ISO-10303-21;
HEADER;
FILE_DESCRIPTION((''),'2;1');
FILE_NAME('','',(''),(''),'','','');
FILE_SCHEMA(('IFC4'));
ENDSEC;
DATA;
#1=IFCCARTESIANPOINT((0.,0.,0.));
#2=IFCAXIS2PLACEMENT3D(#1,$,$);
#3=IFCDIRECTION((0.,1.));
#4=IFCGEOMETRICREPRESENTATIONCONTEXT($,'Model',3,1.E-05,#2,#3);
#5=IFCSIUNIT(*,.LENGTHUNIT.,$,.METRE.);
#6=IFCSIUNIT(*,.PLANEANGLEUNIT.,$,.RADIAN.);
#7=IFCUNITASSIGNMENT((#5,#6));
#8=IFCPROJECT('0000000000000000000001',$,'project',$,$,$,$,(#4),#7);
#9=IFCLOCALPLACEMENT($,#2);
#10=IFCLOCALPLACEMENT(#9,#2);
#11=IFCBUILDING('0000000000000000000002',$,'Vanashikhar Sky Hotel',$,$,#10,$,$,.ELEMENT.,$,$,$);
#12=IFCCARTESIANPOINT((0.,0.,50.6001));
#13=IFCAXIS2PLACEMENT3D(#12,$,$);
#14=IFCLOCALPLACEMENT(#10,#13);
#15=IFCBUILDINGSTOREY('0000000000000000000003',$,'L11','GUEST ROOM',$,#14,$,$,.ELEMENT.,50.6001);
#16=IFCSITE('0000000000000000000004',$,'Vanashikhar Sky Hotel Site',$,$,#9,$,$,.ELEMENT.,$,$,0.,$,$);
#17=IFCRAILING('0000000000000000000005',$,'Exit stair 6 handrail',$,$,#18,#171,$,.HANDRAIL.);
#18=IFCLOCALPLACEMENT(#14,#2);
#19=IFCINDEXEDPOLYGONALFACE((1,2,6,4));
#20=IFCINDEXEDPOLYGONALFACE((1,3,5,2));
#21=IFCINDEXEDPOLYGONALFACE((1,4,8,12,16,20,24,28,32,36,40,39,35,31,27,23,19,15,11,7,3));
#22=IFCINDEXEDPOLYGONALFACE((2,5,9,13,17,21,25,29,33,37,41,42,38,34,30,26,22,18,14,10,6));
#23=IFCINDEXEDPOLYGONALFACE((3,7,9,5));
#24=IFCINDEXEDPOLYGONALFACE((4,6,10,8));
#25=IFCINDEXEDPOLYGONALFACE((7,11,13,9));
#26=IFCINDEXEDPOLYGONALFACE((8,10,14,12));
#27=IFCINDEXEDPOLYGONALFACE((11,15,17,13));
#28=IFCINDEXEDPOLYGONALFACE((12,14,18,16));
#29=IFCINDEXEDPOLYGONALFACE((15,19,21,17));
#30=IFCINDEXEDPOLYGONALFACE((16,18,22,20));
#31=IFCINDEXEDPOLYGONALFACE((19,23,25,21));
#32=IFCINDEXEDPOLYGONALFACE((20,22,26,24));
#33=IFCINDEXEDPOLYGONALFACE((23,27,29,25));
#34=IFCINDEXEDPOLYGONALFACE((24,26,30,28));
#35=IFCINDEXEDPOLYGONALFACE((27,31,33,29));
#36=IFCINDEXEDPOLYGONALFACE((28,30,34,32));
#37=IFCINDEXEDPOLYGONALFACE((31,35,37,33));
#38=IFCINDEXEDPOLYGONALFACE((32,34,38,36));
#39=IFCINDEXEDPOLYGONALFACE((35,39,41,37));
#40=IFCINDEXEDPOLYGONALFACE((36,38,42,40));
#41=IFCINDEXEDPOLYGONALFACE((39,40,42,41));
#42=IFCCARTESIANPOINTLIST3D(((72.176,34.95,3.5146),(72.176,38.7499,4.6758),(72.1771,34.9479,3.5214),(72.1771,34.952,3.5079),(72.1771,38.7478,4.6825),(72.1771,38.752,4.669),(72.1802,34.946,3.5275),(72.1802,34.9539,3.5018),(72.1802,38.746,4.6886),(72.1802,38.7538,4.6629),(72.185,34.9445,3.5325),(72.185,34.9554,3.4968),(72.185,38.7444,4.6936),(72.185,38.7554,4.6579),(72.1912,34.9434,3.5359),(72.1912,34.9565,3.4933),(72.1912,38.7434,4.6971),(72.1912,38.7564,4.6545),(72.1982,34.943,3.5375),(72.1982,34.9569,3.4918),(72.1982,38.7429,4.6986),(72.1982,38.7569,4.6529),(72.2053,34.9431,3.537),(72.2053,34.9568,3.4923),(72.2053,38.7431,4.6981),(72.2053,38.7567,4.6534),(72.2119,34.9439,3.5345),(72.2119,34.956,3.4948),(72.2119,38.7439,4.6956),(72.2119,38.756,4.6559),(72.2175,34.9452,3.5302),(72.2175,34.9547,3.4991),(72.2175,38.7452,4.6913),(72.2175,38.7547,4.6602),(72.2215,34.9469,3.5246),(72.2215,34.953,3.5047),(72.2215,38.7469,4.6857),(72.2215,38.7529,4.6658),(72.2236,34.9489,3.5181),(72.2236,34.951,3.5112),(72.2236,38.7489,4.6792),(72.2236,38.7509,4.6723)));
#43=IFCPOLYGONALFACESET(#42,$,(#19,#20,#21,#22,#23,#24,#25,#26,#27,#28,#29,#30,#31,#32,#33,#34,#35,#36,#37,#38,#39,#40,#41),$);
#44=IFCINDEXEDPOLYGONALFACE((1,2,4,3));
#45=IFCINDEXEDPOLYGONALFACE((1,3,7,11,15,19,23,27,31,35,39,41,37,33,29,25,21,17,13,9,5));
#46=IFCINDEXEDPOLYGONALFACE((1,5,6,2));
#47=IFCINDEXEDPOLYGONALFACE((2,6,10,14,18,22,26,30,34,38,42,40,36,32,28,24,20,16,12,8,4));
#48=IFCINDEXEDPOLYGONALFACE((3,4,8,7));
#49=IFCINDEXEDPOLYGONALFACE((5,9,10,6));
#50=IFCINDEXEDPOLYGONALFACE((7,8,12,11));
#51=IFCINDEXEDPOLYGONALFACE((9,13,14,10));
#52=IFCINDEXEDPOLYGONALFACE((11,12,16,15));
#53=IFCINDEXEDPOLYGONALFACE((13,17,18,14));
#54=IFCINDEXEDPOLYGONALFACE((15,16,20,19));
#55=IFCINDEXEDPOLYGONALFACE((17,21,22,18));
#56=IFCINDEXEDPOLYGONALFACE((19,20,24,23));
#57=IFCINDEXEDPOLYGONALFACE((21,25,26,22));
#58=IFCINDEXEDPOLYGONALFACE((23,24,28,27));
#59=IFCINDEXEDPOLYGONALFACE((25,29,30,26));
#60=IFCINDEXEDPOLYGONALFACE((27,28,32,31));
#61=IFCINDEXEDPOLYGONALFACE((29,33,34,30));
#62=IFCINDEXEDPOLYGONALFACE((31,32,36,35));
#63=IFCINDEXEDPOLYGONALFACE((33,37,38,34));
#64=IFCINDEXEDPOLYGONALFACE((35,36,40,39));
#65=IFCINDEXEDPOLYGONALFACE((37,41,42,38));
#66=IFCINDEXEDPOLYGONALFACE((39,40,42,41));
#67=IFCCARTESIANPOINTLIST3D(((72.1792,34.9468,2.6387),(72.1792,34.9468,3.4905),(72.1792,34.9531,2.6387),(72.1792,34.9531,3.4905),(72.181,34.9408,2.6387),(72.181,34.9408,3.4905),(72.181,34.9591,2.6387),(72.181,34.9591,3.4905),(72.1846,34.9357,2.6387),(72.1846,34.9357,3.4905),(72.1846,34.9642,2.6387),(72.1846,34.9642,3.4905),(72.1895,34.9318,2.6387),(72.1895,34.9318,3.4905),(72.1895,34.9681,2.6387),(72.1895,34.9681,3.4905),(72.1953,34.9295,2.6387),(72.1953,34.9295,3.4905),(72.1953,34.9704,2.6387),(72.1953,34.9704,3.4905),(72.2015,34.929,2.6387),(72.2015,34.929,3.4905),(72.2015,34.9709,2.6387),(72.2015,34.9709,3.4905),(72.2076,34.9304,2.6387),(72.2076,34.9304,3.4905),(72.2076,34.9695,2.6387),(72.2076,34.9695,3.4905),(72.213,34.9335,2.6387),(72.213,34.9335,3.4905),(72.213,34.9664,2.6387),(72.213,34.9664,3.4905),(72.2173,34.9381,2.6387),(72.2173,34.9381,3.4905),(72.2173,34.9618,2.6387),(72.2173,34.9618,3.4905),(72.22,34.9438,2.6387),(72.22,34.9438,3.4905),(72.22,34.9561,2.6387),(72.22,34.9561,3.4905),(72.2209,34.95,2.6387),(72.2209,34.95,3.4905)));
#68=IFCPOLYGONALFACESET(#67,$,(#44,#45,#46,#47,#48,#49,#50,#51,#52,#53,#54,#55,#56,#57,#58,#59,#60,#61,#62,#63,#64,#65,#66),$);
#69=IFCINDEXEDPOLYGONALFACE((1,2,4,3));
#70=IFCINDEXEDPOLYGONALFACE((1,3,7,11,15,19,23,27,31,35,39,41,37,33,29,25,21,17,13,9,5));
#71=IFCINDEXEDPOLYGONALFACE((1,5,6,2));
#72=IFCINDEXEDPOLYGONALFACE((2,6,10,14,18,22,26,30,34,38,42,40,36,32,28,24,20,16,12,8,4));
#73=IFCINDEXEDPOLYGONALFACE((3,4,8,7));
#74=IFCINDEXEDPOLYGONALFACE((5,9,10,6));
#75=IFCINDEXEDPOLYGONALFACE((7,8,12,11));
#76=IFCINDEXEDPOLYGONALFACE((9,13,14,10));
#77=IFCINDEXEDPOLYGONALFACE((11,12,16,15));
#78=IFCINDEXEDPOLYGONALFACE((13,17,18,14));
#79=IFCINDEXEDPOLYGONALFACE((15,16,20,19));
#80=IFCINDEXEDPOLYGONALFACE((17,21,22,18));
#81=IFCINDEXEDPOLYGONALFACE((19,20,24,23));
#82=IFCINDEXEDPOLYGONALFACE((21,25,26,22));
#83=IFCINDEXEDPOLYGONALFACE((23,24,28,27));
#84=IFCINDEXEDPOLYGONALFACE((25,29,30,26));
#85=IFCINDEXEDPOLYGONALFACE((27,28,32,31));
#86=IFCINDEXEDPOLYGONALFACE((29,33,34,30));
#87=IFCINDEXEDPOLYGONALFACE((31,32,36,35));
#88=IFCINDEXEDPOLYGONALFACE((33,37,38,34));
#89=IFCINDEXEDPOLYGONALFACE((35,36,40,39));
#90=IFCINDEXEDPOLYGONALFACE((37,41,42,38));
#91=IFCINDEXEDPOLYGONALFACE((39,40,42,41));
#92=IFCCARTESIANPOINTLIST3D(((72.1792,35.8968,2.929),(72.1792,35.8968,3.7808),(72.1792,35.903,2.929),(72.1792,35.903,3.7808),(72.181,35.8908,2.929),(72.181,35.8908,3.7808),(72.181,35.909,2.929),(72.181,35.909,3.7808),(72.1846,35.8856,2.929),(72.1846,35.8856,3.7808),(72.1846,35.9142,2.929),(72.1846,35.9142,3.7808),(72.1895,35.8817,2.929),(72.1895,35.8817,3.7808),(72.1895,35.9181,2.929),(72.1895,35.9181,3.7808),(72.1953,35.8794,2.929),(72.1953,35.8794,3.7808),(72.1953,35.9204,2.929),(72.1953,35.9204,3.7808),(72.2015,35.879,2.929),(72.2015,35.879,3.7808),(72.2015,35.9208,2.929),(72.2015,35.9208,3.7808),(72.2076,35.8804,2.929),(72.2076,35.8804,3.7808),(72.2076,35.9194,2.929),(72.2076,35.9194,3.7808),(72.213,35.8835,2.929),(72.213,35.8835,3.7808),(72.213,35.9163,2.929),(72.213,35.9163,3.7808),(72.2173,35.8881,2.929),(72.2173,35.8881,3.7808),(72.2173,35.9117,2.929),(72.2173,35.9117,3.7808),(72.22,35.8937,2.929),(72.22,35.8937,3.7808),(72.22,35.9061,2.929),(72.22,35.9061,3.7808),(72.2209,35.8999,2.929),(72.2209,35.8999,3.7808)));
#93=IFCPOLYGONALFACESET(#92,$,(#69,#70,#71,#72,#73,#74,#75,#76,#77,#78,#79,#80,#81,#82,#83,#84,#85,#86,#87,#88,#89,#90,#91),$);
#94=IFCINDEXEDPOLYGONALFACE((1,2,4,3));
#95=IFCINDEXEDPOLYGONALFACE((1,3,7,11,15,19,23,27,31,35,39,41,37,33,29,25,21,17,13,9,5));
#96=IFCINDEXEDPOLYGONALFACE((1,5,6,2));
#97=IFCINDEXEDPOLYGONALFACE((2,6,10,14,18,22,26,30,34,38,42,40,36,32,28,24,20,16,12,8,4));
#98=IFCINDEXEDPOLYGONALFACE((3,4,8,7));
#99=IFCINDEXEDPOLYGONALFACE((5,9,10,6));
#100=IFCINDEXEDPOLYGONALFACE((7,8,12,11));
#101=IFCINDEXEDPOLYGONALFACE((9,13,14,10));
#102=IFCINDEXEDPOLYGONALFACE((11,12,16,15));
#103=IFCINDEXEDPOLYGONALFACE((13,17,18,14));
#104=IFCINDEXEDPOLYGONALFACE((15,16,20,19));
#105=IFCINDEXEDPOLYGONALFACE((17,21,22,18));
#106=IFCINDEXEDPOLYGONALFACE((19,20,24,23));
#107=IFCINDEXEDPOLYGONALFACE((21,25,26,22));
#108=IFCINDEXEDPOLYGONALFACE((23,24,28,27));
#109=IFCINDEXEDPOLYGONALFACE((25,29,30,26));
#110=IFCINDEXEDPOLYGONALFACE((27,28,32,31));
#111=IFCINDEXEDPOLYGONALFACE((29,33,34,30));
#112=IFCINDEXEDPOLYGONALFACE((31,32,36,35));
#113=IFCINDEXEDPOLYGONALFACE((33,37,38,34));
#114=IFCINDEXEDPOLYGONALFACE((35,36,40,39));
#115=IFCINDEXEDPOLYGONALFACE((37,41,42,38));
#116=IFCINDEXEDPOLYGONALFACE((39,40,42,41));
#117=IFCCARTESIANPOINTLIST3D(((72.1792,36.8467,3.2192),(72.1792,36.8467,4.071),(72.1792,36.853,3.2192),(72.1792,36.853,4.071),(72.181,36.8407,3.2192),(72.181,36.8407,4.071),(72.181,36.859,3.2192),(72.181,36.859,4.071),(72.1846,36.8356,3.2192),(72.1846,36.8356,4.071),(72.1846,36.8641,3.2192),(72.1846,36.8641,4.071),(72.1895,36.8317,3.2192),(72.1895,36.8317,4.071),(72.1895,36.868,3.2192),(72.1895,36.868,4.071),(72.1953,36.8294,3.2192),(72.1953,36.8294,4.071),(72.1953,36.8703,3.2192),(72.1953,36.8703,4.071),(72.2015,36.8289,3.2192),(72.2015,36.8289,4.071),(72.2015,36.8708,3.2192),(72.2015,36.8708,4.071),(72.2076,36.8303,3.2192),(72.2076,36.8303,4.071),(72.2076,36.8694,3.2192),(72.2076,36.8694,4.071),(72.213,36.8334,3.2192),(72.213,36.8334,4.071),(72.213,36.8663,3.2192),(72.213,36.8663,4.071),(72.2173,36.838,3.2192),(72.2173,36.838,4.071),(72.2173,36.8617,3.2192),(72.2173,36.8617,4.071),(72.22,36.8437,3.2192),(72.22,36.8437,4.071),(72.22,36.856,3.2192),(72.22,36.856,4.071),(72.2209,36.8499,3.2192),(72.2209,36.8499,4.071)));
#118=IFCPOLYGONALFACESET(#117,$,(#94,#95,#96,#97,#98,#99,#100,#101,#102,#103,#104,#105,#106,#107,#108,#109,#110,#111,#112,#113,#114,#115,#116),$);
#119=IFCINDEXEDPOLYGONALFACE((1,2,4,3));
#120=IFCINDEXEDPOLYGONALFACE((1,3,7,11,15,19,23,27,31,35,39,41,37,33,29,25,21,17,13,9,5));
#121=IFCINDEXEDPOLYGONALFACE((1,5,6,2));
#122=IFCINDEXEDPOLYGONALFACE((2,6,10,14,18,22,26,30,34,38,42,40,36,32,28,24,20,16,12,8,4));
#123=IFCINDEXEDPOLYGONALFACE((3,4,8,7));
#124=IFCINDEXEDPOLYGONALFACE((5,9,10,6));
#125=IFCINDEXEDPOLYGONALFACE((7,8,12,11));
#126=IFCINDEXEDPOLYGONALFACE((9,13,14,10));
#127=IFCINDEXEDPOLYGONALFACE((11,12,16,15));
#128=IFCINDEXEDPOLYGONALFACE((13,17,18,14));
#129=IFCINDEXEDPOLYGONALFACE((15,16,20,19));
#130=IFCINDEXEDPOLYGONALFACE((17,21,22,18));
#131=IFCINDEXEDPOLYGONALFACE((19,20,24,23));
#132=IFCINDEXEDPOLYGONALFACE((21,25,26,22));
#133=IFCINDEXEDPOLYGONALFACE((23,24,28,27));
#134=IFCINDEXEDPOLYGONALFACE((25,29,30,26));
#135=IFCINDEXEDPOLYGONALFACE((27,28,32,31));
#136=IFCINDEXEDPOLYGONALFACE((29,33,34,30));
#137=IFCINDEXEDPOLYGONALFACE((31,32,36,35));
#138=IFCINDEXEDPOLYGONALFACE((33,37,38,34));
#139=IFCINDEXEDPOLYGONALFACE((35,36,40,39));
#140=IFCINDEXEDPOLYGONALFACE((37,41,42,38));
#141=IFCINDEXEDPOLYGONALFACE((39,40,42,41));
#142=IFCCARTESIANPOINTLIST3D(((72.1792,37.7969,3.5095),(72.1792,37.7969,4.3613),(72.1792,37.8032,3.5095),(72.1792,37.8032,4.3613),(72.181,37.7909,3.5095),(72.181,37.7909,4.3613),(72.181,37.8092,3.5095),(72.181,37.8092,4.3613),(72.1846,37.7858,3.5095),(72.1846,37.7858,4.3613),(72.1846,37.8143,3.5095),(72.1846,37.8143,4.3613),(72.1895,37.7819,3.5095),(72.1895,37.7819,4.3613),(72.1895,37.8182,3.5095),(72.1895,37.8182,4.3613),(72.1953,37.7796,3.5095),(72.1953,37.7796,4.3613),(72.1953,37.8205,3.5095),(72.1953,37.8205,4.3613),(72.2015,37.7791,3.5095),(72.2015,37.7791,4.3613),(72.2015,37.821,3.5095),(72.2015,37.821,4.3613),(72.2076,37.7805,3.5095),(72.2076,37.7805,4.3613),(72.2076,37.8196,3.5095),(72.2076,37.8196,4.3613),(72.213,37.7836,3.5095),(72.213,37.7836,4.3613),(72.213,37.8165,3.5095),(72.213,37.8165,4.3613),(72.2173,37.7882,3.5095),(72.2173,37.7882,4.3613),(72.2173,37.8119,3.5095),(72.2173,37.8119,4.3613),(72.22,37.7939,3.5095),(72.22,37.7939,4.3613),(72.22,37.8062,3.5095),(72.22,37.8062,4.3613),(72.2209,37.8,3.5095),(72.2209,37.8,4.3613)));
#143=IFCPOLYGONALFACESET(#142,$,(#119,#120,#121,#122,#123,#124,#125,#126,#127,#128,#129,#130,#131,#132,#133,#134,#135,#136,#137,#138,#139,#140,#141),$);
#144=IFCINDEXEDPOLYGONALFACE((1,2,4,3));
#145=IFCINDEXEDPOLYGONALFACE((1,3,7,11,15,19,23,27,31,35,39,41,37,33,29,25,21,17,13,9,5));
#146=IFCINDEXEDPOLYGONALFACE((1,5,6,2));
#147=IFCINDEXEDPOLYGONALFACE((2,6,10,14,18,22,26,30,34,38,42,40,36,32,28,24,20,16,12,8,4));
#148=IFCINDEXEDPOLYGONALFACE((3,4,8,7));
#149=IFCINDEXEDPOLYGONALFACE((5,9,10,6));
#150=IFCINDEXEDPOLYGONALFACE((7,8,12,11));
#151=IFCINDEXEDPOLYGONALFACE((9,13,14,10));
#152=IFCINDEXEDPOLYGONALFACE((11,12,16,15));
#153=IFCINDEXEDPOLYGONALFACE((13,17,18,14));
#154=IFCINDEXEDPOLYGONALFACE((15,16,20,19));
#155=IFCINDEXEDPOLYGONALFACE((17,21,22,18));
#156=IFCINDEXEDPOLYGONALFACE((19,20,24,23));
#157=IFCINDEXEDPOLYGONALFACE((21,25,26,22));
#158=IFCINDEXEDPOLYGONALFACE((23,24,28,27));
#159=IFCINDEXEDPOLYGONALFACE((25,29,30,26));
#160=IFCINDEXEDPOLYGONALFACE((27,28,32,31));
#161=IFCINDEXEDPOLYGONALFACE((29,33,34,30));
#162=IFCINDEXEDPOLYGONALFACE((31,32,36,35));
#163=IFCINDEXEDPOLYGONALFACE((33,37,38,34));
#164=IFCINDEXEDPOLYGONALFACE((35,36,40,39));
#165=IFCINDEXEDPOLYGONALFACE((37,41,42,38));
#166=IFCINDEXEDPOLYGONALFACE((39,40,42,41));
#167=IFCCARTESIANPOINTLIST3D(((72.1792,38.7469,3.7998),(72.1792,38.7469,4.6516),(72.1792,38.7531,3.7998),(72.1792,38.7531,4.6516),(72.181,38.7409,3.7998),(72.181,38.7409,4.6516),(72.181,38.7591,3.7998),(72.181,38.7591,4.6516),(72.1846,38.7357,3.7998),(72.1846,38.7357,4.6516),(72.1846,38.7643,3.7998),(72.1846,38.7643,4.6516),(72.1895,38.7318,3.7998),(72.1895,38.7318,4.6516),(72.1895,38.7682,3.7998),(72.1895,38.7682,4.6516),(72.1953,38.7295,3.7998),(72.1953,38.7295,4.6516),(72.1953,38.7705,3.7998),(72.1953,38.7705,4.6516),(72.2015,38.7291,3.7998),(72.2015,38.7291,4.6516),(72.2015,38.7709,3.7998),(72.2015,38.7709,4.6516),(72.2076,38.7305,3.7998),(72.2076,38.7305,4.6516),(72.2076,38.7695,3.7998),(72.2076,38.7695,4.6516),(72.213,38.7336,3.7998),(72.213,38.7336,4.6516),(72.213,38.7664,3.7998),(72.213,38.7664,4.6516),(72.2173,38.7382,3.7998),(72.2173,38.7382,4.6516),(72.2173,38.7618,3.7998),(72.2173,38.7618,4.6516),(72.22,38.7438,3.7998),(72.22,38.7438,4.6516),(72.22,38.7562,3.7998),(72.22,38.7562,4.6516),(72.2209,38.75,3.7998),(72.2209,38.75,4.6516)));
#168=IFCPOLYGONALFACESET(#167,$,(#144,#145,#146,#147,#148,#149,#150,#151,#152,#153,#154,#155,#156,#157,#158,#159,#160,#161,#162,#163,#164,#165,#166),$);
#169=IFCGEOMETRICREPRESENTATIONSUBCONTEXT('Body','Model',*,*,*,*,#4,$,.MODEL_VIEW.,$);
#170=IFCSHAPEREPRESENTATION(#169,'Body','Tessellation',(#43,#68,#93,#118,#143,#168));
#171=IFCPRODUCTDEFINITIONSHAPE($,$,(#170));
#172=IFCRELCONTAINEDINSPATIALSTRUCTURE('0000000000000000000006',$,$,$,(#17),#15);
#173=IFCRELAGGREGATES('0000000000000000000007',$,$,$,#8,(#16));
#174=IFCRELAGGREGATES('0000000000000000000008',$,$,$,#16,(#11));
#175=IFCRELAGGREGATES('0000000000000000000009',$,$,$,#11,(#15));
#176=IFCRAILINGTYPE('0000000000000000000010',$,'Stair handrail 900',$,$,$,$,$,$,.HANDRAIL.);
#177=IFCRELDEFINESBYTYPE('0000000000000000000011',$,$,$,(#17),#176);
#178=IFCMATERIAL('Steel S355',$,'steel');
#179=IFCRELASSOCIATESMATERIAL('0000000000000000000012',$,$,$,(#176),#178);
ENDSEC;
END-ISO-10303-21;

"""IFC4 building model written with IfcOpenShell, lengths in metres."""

from ifc_helpers import new_model, si_unit, direction, frame, origin, origin_2d, place, context, subcontext, project, spatial, circle, extrude, source, transform, mapped, material, type_object, element, save


model = new_model("IFC4")

# Units and contexts
model_context = context("Model", 3, precision=1e-05, world=origin(), true_north=direction((0.0, 1.0)))
body_context = subcontext(model_context, "Body", "Model", "MODEL_VIEW")
ifc_project = project(units=[si_unit("LENGTHUNIT", "METRE"), si_unit("PLANEANGLEUNIT", "RADIAN")], contexts=[model_context])

# Site, building, storey
site_placement = place(None, origin())
site = spatial("IfcSite", under=ifc_project, at=site_placement, Name="Vanashikhar Sky Hotel Site", CompositionType="ELEMENT", RefElevation=0.0)
building_placement = place(site_placement, origin())
building = spatial("IfcBuilding", under=site, at=building_placement, Name="Vanashikhar Sky Hotel", CompositionType="ELEMENT")
storey_placement = place(building_placement, frame((0.0, 0.0, 50.6001)))
storey = spatial("IfcBuildingStorey", under=building, at=storey_placement, Name="L11", Description="GUEST ROOM", CompositionType="ELEMENT", Elevation=50.6001)

# Railing
ifc_material_1 = material(Name="Steel S355", Category="steel")
railing_type_1 = type_object("IfcRailingType", Name="Stair handrail 900", PredefinedType="HANDRAIL", material=ifc_material_1)
shared_shape_1 = source(origin(), body_context, "Body", "SweptSolid", [
    extrude(circle(Radius=0.0239, at=origin_2d()), frame((0.0, 0.0, 0.876), z_axis=(0.0, 0.956351, 0.29222), x_axis=(-1.0, 0.0, 0.0)), (0.0, 0.0, 1.0), 3.9734),
    extrude(circle(Radius=0.021, at=origin_2d()), origin(), (0.0, 0.0, 1.0), 0.8518),
    extrude(circle(Radius=0.021, at=origin_2d()), frame((0.0, 0.95, 0.2903)), (0.0, 0.0, 1.0), 0.8518),
    extrude(circle(Radius=0.021, at=origin_2d()), frame((0.0, 1.8999, 0.5806)), (0.0, 0.0, 1.0), 0.8518),
    extrude(circle(Radius=0.021, at=origin_2d()), frame((0.0, 2.8501, 0.8708)), (0.0, 0.0, 1.0), 0.8518),
    extrude(circle(Radius=0.021, at=origin_2d()), frame((0.0, 3.8, 1.1611)), (0.0, 0.0, 1.0), 0.8518),
])
for number, where, name in (
    (1, (72.2, 34.95, 2.6387), "Exit stair 6 handrail"),
):
    element("IfcRailing", number, at=place(storey_placement, frame(where)), inside=storey, type_object=railing_type_1, Name=name, PredefinedType="HANDRAIL", context=body_context, shape_type="MappedRepresentation", body=[
        mapped(shared_shape_1, transform((0.0, 0.0, 0.0), scale=1.0)),
    ])

save(model, "model.ifc")
